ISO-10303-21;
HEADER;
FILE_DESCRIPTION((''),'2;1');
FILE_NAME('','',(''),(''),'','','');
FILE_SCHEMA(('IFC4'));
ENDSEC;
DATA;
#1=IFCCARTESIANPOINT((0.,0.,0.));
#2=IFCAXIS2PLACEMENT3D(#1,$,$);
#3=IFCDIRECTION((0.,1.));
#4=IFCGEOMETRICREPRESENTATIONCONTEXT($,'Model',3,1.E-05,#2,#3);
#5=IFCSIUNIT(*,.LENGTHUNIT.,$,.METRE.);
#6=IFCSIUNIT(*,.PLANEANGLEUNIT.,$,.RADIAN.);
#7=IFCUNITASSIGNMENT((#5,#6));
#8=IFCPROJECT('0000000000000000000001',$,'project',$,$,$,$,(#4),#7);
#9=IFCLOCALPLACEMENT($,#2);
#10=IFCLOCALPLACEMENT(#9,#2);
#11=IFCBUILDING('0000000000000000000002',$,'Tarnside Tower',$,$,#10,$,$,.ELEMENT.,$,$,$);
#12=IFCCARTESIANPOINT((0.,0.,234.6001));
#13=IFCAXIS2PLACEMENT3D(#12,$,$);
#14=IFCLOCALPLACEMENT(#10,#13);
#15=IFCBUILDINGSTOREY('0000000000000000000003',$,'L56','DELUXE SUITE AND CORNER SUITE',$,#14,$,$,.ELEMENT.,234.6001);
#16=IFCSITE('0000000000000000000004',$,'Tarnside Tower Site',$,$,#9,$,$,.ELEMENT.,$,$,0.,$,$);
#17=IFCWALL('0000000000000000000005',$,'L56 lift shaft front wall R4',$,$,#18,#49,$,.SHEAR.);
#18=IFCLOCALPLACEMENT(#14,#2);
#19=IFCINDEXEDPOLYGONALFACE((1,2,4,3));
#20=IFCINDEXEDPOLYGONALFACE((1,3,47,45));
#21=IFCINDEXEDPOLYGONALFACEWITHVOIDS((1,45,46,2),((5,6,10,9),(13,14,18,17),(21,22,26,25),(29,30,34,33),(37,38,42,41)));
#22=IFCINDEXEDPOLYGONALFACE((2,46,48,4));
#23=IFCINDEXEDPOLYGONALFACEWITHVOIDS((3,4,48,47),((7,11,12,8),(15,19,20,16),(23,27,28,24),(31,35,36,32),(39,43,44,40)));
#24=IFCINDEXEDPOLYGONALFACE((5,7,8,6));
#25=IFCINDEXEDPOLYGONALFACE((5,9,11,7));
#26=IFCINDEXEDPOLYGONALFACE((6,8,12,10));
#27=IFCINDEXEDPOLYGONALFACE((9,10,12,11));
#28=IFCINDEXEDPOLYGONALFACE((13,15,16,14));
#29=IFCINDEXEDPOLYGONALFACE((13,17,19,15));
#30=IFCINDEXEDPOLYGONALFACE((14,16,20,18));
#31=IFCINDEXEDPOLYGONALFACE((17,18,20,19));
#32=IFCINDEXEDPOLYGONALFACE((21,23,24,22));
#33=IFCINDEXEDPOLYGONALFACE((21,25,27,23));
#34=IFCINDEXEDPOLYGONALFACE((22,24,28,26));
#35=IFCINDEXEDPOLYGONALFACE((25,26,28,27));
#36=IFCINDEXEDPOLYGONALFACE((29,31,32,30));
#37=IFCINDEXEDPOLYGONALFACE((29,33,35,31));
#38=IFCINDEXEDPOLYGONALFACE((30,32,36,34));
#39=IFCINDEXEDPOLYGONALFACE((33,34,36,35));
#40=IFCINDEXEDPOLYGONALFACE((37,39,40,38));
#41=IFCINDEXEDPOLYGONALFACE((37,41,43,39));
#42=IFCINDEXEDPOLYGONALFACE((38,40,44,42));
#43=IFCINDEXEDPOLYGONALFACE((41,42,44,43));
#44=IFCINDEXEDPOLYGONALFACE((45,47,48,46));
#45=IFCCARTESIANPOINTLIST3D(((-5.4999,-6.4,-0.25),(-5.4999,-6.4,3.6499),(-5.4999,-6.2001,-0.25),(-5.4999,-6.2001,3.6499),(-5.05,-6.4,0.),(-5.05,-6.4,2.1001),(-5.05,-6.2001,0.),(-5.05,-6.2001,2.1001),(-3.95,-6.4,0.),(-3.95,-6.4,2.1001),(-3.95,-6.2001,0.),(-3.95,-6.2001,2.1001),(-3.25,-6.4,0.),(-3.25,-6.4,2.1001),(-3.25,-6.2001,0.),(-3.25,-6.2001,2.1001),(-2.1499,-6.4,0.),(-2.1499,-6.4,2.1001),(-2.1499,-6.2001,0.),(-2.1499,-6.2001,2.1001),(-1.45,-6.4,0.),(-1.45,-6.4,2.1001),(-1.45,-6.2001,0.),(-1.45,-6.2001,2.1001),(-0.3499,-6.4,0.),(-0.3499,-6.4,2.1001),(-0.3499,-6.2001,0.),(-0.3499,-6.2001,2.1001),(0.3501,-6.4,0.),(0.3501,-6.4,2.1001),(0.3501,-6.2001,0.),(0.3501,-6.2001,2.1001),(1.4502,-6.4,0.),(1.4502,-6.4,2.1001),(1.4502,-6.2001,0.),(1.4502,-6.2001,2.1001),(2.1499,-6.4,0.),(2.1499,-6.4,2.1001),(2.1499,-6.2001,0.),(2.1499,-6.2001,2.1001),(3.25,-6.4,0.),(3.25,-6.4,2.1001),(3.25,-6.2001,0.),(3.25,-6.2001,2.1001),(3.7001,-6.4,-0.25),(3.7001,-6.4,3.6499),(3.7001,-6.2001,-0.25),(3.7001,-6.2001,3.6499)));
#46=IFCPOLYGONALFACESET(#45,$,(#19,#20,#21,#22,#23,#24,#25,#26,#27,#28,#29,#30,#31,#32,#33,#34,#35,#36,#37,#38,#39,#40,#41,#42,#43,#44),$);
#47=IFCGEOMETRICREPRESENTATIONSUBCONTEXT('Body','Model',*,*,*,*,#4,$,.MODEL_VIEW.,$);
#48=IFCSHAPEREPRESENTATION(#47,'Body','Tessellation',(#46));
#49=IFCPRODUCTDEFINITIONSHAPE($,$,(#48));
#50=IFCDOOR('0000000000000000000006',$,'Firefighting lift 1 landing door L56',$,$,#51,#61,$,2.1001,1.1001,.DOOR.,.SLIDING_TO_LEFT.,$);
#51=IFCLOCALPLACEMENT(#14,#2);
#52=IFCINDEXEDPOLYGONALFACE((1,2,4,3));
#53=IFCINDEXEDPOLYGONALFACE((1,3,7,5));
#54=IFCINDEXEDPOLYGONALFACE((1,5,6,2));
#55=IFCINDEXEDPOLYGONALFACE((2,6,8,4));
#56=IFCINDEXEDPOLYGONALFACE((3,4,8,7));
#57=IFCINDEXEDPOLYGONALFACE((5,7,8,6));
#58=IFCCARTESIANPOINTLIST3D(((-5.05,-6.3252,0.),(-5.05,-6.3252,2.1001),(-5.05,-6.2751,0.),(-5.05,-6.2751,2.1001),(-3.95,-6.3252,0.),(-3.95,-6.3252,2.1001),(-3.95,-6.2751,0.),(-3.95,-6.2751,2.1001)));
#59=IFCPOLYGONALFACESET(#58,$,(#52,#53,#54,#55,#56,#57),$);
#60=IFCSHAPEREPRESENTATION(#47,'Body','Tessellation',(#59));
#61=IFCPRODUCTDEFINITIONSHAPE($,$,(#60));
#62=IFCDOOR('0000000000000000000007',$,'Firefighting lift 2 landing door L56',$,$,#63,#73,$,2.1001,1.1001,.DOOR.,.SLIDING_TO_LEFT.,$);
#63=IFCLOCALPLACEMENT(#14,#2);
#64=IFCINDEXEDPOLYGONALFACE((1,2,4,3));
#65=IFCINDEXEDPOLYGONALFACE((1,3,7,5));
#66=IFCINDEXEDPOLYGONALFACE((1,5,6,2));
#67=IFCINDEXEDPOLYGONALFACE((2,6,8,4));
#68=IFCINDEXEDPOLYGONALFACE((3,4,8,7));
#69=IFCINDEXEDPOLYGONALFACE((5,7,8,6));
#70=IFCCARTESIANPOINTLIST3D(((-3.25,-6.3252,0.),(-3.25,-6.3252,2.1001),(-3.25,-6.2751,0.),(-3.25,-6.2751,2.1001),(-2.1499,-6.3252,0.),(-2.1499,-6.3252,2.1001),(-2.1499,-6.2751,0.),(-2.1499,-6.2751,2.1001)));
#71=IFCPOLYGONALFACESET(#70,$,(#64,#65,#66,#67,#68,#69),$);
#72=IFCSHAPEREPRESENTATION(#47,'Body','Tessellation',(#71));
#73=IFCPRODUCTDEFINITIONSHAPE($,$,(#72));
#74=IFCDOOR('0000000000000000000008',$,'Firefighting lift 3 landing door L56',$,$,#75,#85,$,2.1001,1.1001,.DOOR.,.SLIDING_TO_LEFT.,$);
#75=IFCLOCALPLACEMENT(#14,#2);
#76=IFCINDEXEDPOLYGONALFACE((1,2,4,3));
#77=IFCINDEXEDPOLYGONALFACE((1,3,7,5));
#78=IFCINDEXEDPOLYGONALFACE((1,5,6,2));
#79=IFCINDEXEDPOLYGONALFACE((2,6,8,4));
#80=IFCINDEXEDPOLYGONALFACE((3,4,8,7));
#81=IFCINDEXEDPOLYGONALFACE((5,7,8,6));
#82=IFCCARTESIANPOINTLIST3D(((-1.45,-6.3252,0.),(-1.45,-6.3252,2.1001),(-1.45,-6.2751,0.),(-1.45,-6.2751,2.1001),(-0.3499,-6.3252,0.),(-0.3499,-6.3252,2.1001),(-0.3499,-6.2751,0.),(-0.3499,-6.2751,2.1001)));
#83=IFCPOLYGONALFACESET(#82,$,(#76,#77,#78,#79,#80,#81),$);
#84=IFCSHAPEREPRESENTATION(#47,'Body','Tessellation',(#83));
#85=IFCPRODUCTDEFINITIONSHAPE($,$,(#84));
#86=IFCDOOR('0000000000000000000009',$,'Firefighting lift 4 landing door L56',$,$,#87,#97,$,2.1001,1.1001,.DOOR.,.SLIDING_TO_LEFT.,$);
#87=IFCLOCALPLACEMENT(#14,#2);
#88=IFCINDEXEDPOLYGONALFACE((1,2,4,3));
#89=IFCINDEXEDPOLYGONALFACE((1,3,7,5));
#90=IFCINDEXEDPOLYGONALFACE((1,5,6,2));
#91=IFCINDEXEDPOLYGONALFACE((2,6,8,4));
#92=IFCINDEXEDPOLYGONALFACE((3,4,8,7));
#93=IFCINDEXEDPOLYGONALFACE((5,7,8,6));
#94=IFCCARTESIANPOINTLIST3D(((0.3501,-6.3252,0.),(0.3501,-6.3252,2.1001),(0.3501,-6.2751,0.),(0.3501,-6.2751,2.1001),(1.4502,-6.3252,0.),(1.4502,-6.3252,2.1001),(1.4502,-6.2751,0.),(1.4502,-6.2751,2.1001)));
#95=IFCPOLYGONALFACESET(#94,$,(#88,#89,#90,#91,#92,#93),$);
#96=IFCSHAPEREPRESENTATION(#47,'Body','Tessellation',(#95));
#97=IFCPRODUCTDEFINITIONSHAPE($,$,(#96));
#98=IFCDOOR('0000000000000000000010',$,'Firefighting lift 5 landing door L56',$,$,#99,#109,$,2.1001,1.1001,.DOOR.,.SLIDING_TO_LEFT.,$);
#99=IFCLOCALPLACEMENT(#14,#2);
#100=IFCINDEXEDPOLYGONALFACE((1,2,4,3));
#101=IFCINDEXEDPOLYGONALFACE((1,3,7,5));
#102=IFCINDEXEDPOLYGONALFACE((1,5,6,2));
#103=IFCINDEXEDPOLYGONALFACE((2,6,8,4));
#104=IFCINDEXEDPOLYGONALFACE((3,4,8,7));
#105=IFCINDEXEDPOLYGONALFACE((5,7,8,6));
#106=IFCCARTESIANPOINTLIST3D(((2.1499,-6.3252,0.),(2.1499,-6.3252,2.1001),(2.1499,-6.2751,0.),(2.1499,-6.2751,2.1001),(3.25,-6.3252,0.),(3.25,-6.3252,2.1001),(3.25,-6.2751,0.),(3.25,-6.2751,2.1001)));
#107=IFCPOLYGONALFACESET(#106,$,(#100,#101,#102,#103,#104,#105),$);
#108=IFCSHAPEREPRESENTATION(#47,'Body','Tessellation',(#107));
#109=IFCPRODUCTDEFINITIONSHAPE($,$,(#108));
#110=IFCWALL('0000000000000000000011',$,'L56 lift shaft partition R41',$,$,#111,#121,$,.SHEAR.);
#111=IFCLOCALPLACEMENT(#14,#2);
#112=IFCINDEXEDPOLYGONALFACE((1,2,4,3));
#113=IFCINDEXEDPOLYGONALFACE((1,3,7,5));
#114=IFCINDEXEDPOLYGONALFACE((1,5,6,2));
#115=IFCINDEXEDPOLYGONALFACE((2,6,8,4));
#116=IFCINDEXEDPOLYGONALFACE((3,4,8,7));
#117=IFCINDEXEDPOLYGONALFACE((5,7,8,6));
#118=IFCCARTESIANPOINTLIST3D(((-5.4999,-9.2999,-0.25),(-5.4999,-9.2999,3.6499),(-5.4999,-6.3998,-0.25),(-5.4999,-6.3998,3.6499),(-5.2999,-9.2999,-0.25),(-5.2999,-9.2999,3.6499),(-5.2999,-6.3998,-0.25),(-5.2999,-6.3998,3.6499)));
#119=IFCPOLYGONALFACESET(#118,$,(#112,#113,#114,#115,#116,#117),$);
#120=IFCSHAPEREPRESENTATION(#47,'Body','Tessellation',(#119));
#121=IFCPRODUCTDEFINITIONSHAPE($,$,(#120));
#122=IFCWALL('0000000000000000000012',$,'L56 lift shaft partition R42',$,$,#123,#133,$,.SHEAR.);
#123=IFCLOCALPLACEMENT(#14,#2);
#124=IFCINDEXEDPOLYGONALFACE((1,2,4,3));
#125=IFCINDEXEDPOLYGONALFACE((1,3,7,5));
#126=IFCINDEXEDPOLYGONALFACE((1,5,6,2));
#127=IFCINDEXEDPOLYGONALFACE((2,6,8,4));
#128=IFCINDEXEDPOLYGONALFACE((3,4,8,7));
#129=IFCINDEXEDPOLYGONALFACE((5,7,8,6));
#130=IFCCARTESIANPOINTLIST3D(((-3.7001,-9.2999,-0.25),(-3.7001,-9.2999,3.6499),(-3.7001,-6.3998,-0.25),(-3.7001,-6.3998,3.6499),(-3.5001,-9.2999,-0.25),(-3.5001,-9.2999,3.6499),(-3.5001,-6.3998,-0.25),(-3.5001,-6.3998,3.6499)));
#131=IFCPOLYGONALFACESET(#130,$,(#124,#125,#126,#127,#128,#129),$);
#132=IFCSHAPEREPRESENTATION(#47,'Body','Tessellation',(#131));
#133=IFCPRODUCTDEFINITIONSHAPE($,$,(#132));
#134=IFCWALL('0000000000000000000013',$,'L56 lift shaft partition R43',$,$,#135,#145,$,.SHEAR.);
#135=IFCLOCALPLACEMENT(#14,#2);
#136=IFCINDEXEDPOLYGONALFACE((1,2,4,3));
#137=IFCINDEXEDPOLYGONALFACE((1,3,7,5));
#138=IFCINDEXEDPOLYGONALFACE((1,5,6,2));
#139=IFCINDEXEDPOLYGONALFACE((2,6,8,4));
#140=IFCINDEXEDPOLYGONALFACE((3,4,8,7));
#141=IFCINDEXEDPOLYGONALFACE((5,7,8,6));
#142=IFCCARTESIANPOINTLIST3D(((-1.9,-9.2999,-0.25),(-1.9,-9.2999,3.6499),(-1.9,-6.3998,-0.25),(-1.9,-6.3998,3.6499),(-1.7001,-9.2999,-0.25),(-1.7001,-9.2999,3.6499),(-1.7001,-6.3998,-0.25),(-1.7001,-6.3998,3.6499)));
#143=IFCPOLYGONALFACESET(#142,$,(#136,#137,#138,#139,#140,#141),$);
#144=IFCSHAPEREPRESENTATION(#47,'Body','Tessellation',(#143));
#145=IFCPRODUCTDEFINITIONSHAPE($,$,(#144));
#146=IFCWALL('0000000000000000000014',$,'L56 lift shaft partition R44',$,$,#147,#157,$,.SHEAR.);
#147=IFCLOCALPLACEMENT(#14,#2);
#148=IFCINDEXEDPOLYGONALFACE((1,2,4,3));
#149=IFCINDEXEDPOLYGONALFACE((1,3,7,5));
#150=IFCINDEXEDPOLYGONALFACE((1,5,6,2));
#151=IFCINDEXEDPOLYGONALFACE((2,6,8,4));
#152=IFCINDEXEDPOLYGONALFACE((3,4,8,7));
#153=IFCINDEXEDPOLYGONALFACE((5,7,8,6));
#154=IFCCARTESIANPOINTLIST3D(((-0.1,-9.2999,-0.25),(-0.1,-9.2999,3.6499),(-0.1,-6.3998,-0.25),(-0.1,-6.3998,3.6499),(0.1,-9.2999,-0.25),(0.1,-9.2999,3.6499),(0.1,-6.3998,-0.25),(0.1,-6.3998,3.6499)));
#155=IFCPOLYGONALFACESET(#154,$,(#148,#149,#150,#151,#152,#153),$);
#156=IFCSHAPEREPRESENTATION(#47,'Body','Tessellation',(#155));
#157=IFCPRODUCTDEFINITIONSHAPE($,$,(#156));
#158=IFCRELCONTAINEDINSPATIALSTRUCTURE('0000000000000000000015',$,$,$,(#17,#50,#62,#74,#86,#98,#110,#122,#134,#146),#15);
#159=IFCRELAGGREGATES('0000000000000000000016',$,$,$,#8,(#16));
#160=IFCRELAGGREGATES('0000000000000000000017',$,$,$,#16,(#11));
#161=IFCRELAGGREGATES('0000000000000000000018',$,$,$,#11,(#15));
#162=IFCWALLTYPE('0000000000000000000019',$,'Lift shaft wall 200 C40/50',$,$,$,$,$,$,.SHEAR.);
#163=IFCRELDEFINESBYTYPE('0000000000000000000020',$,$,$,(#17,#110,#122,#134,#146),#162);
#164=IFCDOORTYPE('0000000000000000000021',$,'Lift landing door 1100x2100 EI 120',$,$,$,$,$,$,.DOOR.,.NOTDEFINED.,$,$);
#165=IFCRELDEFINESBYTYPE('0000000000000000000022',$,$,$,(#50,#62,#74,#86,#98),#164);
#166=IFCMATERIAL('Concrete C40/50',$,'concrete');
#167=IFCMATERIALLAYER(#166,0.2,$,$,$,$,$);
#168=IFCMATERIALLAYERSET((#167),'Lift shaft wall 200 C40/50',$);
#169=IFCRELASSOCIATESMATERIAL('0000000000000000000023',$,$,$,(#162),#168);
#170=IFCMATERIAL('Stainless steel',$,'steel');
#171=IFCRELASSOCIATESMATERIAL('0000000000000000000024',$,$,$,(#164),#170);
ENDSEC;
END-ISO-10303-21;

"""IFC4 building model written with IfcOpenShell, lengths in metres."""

from ifc_helpers import new_model, si_unit, direction, frame, frame_2d, origin, place, context, subcontext, project, spatial, rectangle, extrude, material, layer, layer_set, type_object, element, fill, save


model = new_model("IFC4")

# Units and contexts
model_context = context("Model", 3, precision=1e-05, world=origin(), true_north=direction((0.0, 1.0)))
body_context = subcontext(model_context, "Body", "Model", "MODEL_VIEW")
ifc_project = project(units=[si_unit("LENGTHUNIT", "METRE"), si_unit("PLANEANGLEUNIT", "RADIAN")], contexts=[model_context])

# Site, building, storey
site_placement = place(None, origin())
site = spatial("IfcSite", under=ifc_project, at=site_placement, Name="Tarnside Tower Site", CompositionType="ELEMENT", RefElevation=0.0)
building_placement = place(site_placement, origin())
building = spatial("IfcBuilding", under=site, at=building_placement, Name="Tarnside Tower", CompositionType="ELEMENT")
storey_placement = place(building_placement, frame((0.0, 0.0, 234.6001)))
storey = spatial("IfcBuildingStorey", under=building, at=storey_placement, Name="L56", Description="DELUXE SUITE AND CORNER SUITE", CompositionType="ELEMENT", Elevation=234.6001)

# Shared definitions
ifc_material_1 = material(Name="Concrete C40/50", Category="concrete")

# Wall, openings, doors
ifc_layer_1 = layer(ifc_material_1, 0.2)
ifc_layer_set_1 = layer_set([ifc_layer_1], Name="Lift shaft wall 200 C40/50")
wall_type_1 = type_object("IfcWallType", Name="Lift shaft wall 200 C40/50", PredefinedType="SHEAR", material=ifc_layer_set_1)
wall_1_placement = place(storey_placement, frame((-5.5, -6.3, -0.25), z_axis=(0.0, 0.0, 1.0), x_axis=(1.0, 0.0, 0.0)))
wall_1 = element("IfcWall", 1, at=wall_1_placement, inside=storey, type_object=wall_type_1, Name="L56 lift shaft front wall R4", PredefinedType="SHEAR", context=body_context, shape_type="SweptSolid", body=[
    extrude(rectangle(XDim=9.2, YDim=0.2, at=frame_2d((4.6001, 0.0))), origin(), (0.0, 0.0, 1.0), 3.8999),
])
opening_1_placement = place(wall_1_placement, frame((0.45, 0.0, 0.25)))
opening_1 = element("IfcOpeningElement", 2, at=opening_1_placement, cuts=wall_1, PredefinedType="OPENING", context=body_context, shape_type="SweptSolid", body=[
    extrude(rectangle(XDim=1.1001, YDim=2.1001, at=frame_2d((0.55, 1.05))), frame((0.0, 0.1099, 0.0), z_axis=(0.0, -1.0, 0.0), x_axis=(1.0, 0.0, 0.0)), (0.0, 0.0, 1.0), 0.22),
])
opening_2_placement = place(wall_1_placement, frame((2.25, 0.0, 0.25)))
opening_2 = element("IfcOpeningElement", 3, at=opening_2_placement, cuts=wall_1, PredefinedType="OPENING", context=body_context, shape_type="SweptSolid", body=[
    extrude(rectangle(XDim=1.1001, YDim=2.1001, at=frame_2d((0.55, 1.05))), frame((0.0, 0.1099, 0.0), z_axis=(0.0, -1.0, 0.0), x_axis=(1.0, 0.0, 0.0)), (0.0, 0.0, 1.0), 0.22),
])
opening_3_placement = place(wall_1_placement, frame((4.05, 0.0, 0.25)))
opening_3 = element("IfcOpeningElement", 4, at=opening_3_placement, cuts=wall_1, PredefinedType="OPENING", context=body_context, shape_type="SweptSolid", body=[
    extrude(rectangle(XDim=1.1001, YDim=2.1001, at=frame_2d((0.55, 1.05))), frame((0.0, 0.1099, 0.0), z_axis=(0.0, -1.0, 0.0), x_axis=(1.0, 0.0, 0.0)), (0.0, 0.0, 1.0), 0.22),
])
opening_4_placement = place(wall_1_placement, frame((5.8501, 0.0, 0.25)))
opening_4 = element("IfcOpeningElement", 5, at=opening_4_placement, cuts=wall_1, PredefinedType="OPENING", context=body_context, shape_type="SweptSolid", body=[
    extrude(rectangle(XDim=1.1001, YDim=2.1001, at=frame_2d((0.55, 1.05))), frame((0.0, 0.1099, 0.0), z_axis=(0.0, -1.0, 0.0), x_axis=(1.0, 0.0, 0.0)), (0.0, 0.0, 1.0), 0.22),
])
opening_5_placement = place(wall_1_placement, frame((7.6499, 0.0, 0.25)))
opening_5 = element("IfcOpeningElement", 6, at=opening_5_placement, cuts=wall_1, PredefinedType="OPENING", context=body_context, shape_type="SweptSolid", body=[
    extrude(rectangle(XDim=1.1001, YDim=2.1001, at=frame_2d((0.55, 1.05))), frame((0.0, 0.1099, 0.0), z_axis=(0.0, -1.0, 0.0), x_axis=(1.0, 0.0, 0.0)), (0.0, 0.0, 1.0), 0.22),
])
ifc_material_2 = material(Name="Stainless steel", Category="steel")
door_type_1 = type_object("IfcDoorType", Name="Lift landing door 1100x2100 EI 120", OperationType="NOTDEFINED", PredefinedType="DOOR", material=ifc_material_2)
door_1_placement = place(opening_1_placement, origin())
door_1 = element("IfcDoor", 7, at=door_1_placement, inside=storey, type_object=door_type_1, Name="Firefighting lift 1 landing door L56", OperationType="SLIDING_TO_LEFT", OverallHeight=2.1001, OverallWidth=1.1001, PredefinedType="DOOR", context=body_context, shape_type="SweptSolid", body=[
    extrude(rectangle(XDim=1.1001, YDim=2.1001, at=frame_2d((0.55, 1.05))), frame((0.0, 0.0249, 0.0), z_axis=(0.0, -1.0, 0.0), x_axis=(1.0, 0.0, 0.0)), (0.0, 0.0, 1.0), 0.05),
])
fill(opening_1, door_1)
door_2_placement = place(opening_2_placement, origin())
door_2 = element("IfcDoor", 8, at=door_2_placement, inside=storey, type_object=door_type_1, Name="Firefighting lift 2 landing door L56", OperationType="SLIDING_TO_LEFT", OverallHeight=2.1001, OverallWidth=1.1001, PredefinedType="DOOR", context=body_context, shape_type="SweptSolid", body=[
    extrude(rectangle(XDim=1.1001, YDim=2.1001, at=frame_2d((0.55, 1.05))), frame((0.0, 0.0249, 0.0), z_axis=(0.0, -1.0, 0.0), x_axis=(1.0, 0.0, 0.0)), (0.0, 0.0, 1.0), 0.05),
])
fill(opening_2, door_2)
door_3_placement = place(opening_3_placement, origin())
door_3 = element("IfcDoor", 9, at=door_3_placement, inside=storey, type_object=door_type_1, Name="Firefighting lift 3 landing door L56", OperationType="SLIDING_TO_LEFT", OverallHeight=2.1001, OverallWidth=1.1001, PredefinedType="DOOR", context=body_context, shape_type="SweptSolid", body=[
    extrude(rectangle(XDim=1.1001, YDim=2.1001, at=frame_2d((0.55, 1.05))), frame((0.0, 0.0249, 0.0), z_axis=(0.0, -1.0, 0.0), x_axis=(1.0, 0.0, 0.0)), (0.0, 0.0, 1.0), 0.05),
])
fill(opening_3, door_3)
door_4_placement = place(opening_4_placement, origin())
door_4 = element("IfcDoor", 10, at=door_4_placement, inside=storey, type_object=door_type_1, Name="Firefighting lift 4 landing door L56", OperationType="SLIDING_TO_LEFT", OverallHeight=2.1001, OverallWidth=1.1001, PredefinedType="DOOR", context=body_context, shape_type="SweptSolid", body=[
    extrude(rectangle(XDim=1.1001, YDim=2.1001, at=frame_2d((0.55, 1.05))), frame((0.0, 0.0249, 0.0), z_axis=(0.0, -1.0, 0.0), x_axis=(1.0, 0.0, 0.0)), (0.0, 0.0, 1.0), 0.05),
])
fill(opening_4, door_4)
door_5_placement = place(opening_5_placement, origin())
door_5 = element("IfcDoor", 11, at=door_5_placement, inside=storey, type_object=door_type_1, Name="Firefighting lift 5 landing door L56", OperationType="SLIDING_TO_LEFT", OverallHeight=2.1001, OverallWidth=1.1001, PredefinedType="DOOR", context=body_context, shape_type="SweptSolid", body=[
    extrude(rectangle(XDim=1.1001, YDim=2.1001, at=frame_2d((0.55, 1.05))), frame((0.0, 0.0249, 0.0), z_axis=(0.0, -1.0, 0.0), x_axis=(1.0, 0.0, 0.0)), (0.0, 0.0, 1.0), 0.05),
])
fill(opening_5, door_5)

# Walls
for number, where, z_axis, x_axis, name in (
    (12, (-5.3999, -9.3, -0.25), (0.0, 0.0, 1.0), (0.0, 1.0, 0.0), "L56 lift shaft partition R41"),
    (13, (-3.6001, -9.3, -0.25), (0.0, 0.0, 1.0), (0.0, 1.0, 0.0), "L56 lift shaft partition R42"),
    (14, (-1.8, -9.3, -0.25), (0.0, 0.0, 1.0), (0.0, 1.0, 0.0), "L56 lift shaft partition R43"),
    (15, (0.0, -9.3, -0.25), (0.0, 0.0, 1.0), (0.0, 1.0, 0.0), "L56 lift shaft partition R44"),
):
    element("IfcWall", number, at=place(storey_placement, frame(where, z_axis=z_axis, x_axis=x_axis)), inside=storey, type_object=wall_type_1, Name=name, PredefinedType="SHEAR", context=body_context, shape_type="SweptSolid", body=[
        extrude(rectangle(XDim=2.9001, YDim=0.2, at=frame_2d((1.4502, 0.0))), origin(), (0.0, 0.0, 1.0), 3.8999),
    ])

save(model, "model.ifc")
